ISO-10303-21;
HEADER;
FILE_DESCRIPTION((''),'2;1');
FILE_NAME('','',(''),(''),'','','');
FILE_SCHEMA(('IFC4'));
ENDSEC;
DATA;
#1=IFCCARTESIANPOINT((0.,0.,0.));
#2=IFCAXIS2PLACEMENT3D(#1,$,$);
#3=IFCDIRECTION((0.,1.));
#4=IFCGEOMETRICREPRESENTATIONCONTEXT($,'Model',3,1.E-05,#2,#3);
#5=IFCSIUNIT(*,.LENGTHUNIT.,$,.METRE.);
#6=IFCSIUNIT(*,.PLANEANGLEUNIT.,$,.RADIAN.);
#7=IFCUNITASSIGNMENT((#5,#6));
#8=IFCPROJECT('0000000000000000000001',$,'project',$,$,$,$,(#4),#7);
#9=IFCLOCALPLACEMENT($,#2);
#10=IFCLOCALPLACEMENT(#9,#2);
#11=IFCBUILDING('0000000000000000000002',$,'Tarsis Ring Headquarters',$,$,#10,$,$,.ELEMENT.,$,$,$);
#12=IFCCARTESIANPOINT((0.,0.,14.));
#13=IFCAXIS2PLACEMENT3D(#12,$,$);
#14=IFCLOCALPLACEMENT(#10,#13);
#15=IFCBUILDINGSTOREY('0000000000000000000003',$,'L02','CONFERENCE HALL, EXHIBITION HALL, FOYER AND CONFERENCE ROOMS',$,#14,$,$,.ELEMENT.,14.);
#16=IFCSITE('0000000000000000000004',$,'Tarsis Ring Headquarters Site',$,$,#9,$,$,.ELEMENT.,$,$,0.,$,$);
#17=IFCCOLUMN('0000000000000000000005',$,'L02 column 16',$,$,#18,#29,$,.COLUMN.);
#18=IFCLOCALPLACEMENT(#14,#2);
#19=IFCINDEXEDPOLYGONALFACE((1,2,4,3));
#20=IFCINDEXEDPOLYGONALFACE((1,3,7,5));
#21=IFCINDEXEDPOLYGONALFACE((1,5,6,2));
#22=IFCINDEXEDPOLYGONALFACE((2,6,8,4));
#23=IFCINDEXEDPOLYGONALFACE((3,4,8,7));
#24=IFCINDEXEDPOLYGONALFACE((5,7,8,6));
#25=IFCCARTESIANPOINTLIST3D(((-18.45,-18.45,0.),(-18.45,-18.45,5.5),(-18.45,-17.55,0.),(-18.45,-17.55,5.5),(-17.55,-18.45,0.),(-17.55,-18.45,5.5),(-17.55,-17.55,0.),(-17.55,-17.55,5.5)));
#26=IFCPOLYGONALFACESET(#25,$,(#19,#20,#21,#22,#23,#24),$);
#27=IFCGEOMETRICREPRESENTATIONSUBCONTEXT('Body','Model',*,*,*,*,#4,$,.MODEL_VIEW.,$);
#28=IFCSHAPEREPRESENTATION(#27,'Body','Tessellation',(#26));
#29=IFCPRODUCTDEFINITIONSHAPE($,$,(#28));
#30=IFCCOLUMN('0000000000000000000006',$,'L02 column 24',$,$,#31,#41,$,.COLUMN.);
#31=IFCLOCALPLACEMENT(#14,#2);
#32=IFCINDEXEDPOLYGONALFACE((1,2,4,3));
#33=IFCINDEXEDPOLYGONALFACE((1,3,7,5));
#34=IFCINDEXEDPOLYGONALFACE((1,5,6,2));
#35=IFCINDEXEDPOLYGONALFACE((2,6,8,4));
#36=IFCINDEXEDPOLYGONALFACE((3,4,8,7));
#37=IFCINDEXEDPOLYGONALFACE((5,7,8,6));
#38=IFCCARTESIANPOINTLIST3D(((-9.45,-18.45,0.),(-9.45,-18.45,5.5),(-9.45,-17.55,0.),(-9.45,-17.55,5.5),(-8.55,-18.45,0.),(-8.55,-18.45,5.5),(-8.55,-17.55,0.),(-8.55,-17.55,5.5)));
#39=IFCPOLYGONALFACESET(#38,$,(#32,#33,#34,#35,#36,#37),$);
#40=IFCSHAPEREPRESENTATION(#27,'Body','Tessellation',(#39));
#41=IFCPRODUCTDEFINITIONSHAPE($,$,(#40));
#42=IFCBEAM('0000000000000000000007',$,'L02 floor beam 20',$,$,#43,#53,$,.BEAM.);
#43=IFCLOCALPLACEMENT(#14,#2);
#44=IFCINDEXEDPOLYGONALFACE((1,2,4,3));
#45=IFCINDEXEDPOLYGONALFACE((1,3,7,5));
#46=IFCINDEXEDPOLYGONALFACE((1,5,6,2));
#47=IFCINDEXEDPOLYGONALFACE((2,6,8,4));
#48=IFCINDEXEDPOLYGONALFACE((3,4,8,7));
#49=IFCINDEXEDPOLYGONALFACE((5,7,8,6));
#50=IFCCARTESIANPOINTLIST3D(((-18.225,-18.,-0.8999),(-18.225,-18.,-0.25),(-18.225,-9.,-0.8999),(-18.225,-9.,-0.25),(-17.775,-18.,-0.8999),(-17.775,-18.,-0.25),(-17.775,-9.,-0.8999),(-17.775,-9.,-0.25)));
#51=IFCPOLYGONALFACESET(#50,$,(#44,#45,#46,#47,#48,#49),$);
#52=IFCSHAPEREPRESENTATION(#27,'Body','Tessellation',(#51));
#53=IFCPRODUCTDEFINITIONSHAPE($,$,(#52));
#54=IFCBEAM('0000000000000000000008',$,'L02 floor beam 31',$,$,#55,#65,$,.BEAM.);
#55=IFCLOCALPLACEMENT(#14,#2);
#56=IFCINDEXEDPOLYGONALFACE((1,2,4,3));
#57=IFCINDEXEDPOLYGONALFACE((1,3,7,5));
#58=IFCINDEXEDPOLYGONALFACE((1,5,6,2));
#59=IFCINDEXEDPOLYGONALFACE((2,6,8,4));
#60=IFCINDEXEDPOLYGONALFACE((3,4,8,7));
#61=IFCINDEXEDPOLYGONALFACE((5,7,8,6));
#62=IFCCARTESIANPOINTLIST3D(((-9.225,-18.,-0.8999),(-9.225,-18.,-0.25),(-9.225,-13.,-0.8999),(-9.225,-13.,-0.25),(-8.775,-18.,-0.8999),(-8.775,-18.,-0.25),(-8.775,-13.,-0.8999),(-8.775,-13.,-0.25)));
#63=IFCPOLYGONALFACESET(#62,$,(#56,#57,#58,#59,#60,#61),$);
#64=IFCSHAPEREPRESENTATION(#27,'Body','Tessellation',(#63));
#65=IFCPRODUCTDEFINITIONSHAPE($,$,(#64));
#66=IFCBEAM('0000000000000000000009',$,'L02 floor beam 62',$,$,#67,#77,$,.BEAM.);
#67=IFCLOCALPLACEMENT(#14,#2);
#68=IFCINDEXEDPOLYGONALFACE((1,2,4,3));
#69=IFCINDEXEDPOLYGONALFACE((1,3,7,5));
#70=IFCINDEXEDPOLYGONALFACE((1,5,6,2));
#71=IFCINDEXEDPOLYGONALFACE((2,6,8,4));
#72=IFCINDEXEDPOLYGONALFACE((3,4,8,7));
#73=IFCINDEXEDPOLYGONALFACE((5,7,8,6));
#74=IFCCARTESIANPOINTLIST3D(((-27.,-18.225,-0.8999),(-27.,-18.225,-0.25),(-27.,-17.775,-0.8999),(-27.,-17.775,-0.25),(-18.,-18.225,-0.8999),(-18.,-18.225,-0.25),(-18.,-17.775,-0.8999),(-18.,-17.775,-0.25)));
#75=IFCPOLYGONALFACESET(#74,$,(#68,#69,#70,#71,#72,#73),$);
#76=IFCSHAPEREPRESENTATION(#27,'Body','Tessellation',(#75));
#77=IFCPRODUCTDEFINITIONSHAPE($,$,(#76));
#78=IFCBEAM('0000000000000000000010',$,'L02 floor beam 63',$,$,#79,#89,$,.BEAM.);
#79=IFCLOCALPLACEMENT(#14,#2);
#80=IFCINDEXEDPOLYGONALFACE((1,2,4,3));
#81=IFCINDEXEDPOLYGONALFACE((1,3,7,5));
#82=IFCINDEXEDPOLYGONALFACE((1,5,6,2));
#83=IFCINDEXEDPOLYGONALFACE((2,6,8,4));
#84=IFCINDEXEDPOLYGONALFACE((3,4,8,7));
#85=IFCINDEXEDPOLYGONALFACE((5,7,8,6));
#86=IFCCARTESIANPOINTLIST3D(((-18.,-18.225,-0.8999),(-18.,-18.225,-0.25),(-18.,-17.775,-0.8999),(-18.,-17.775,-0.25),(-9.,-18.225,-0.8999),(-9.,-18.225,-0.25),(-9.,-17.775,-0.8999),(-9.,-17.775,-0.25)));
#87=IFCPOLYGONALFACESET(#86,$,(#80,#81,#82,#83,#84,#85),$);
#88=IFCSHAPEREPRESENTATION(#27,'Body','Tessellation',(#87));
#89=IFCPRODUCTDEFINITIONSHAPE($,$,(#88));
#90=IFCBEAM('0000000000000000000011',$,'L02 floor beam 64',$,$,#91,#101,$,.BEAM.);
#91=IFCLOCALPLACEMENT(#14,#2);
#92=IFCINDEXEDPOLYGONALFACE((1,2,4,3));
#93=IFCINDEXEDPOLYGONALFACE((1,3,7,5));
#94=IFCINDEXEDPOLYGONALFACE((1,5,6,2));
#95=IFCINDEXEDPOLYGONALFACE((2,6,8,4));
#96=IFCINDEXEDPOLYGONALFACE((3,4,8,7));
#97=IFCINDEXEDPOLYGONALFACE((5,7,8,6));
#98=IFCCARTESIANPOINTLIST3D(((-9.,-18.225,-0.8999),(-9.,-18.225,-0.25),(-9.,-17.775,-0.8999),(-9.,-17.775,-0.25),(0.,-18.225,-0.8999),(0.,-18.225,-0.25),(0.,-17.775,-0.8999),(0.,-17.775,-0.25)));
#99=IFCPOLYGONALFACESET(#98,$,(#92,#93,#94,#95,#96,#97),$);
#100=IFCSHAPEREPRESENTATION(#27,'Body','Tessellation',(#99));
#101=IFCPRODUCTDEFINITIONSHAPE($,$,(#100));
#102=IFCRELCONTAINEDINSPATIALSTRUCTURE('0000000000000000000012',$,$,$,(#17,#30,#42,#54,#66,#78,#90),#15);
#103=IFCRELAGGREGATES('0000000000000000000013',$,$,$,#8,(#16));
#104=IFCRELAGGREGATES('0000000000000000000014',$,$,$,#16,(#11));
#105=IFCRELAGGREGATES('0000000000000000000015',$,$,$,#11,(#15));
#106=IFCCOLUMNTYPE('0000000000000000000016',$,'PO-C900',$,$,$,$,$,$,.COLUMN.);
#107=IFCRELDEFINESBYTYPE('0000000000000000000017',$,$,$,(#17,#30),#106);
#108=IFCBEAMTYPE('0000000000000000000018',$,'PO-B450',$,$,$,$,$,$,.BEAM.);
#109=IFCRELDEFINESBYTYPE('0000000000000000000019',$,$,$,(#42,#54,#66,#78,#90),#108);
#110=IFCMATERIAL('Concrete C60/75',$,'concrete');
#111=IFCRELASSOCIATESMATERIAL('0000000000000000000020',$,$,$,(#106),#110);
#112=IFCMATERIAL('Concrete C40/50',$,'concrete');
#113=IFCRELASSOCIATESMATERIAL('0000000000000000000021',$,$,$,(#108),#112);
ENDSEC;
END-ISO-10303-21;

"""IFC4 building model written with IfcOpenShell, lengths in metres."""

from ifc_helpers import new_model, si_unit, direction, frame, origin, origin_2d, place, context, subcontext, project, spatial, rectangle, extrude, material, material_profile, profile_set, type_object, element, save


model = new_model("IFC4")

# Units and contexts
model_context = context("Model", 3, precision=1e-05, world=origin(), true_north=direction((0.0, 1.0)))
body_context = subcontext(model_context, "Body", "Model", "MODEL_VIEW")
ifc_project = project(units=[si_unit("LENGTHUNIT", "METRE"), si_unit("PLANEANGLEUNIT", "RADIAN")], contexts=[model_context])

# Site, building, storey
site_placement = place(None, origin())
site = spatial("IfcSite", under=ifc_project, at=site_placement, Name="Tarsis Ring Headquarters Site", CompositionType="ELEMENT", RefElevation=0.0)
building_placement = place(site_placement, origin())
building = spatial("IfcBuilding", under=site, at=building_placement, Name="Tarsis Ring Headquarters", CompositionType="ELEMENT")
storey_placement = place(building_placement, frame((0.0, 0.0, 14.0)))
storey = spatial("IfcBuildingStorey", under=building, at=storey_placement, Name="L02", Description="CONFERENCE HALL, EXHIBITION HALL, FOYER AND CONFERENCE ROOMS", CompositionType="ELEMENT", Elevation=14.0)

# Columns
ifc_material_1 = material(Name="Concrete C60/75", Category="concrete")
ifc_material_profile_1 = material_profile(ifc_material_1, rectangle(XDim=0.8999, YDim=0.8999, at=origin_2d()), Name="PO-C900")
ifc_profile_set_1 = profile_set([ifc_material_profile_1], Name="Concrete C60/75")
column_type = type_object("IfcColumnType", Name="PO-C900", PredefinedType="COLUMN", material=ifc_profile_set_1)
for number, where, z_axis, x_axis, name in (
    (1, (-18.0, -18.0, 0.0), (0.0, 0.0, 1.0), (1.0, 0.0, 0.0), "L02 column 16"),
    (2, (-9.0, -18.0, 0.0), (0.0, 0.0, 1.0), (1.0, 0.0, 0.0), "L02 column 24"),
):
    element("IfcColumn", number, at=place(storey_placement, frame(where, z_axis=z_axis, x_axis=x_axis)), inside=storey, type_object=column_type, Name=name, PredefinedType="COLUMN", context=body_context, shape_type="SweptSolid", body=[
        extrude(rectangle(XDim=0.8999, YDim=0.8999, at=origin_2d()), origin(), (0.0, 0.0, 1.0), 5.5),
    ])

# Beams
ifc_material_2 = material(Name="Concrete C40/50", Category="concrete")
ifc_material_profile_2 = material_profile(ifc_material_2, rectangle(XDim=0.45, YDim=0.6499, at=origin_2d()), Name="PO-B450")
ifc_profile_set_2 = profile_set([ifc_material_profile_2], Name="Concrete C40/50")
beam_type = type_object("IfcBeamType", Name="PO-B450", PredefinedType="BEAM", material=ifc_profile_set_2)
beam_1_placement = place(storey_placement, frame((-18.0, -18.0, -0.575), z_axis=(0.0, 1.0, 0.0), x_axis=(-1.0, 0.0, 0.0)))
element("IfcBeam", 3, at=beam_1_placement, inside=storey, type_object=beam_type, Name="L02 floor beam 20", PredefinedType="BEAM", context=body_context, shape_type="SweptSolid", body=[
    extrude(rectangle(XDim=0.45, YDim=0.6499, at=origin_2d()), origin(), (0.0, 0.0, 1.0), 9.0),
])
beam_2_placement = place(storey_placement, frame((-9.0, -18.0, -0.575), z_axis=(0.0, 1.0, 0.0), x_axis=(-1.0, 0.0, 0.0)))
element("IfcBeam", 4, at=beam_2_placement, inside=storey, type_object=beam_type, Name="L02 floor beam 31", PredefinedType="BEAM", context=body_context, shape_type="SweptSolid", body=[
    extrude(rectangle(XDim=0.45, YDim=0.6499, at=origin_2d()), origin(), (0.0, 0.0, 1.0), 5.0),
])
for number, where, z_axis, x_axis, name in (
    (5, (-27.0, -18.0, -0.575), (1.0, 0.0, 0.0), (0.0, 1.0, 0.0), "L02 floor beam 62"),
    (6, (-18.0, -18.0, -0.575), (1.0, 0.0, 0.0), (0.0, 1.0, 0.0), "L02 floor beam 63"),
    (7, (-9.0, -18.0, -0.575), (1.0, 0.0, 0.0), (0.0, 1.0, 0.0), "L02 floor beam 64"),
):
    element("IfcBeam", number, at=place(storey_placement, frame(where, z_axis=z_axis, x_axis=x_axis)), inside=storey, type_object=beam_type, Name=name, PredefinedType="BEAM", context=body_context, shape_type="SweptSolid", body=[
        extrude(rectangle(XDim=0.45, YDim=0.6499, at=origin_2d()), origin(), (0.0, 0.0, 1.0), 9.0),
    ])

save(model, "model.ifc")
